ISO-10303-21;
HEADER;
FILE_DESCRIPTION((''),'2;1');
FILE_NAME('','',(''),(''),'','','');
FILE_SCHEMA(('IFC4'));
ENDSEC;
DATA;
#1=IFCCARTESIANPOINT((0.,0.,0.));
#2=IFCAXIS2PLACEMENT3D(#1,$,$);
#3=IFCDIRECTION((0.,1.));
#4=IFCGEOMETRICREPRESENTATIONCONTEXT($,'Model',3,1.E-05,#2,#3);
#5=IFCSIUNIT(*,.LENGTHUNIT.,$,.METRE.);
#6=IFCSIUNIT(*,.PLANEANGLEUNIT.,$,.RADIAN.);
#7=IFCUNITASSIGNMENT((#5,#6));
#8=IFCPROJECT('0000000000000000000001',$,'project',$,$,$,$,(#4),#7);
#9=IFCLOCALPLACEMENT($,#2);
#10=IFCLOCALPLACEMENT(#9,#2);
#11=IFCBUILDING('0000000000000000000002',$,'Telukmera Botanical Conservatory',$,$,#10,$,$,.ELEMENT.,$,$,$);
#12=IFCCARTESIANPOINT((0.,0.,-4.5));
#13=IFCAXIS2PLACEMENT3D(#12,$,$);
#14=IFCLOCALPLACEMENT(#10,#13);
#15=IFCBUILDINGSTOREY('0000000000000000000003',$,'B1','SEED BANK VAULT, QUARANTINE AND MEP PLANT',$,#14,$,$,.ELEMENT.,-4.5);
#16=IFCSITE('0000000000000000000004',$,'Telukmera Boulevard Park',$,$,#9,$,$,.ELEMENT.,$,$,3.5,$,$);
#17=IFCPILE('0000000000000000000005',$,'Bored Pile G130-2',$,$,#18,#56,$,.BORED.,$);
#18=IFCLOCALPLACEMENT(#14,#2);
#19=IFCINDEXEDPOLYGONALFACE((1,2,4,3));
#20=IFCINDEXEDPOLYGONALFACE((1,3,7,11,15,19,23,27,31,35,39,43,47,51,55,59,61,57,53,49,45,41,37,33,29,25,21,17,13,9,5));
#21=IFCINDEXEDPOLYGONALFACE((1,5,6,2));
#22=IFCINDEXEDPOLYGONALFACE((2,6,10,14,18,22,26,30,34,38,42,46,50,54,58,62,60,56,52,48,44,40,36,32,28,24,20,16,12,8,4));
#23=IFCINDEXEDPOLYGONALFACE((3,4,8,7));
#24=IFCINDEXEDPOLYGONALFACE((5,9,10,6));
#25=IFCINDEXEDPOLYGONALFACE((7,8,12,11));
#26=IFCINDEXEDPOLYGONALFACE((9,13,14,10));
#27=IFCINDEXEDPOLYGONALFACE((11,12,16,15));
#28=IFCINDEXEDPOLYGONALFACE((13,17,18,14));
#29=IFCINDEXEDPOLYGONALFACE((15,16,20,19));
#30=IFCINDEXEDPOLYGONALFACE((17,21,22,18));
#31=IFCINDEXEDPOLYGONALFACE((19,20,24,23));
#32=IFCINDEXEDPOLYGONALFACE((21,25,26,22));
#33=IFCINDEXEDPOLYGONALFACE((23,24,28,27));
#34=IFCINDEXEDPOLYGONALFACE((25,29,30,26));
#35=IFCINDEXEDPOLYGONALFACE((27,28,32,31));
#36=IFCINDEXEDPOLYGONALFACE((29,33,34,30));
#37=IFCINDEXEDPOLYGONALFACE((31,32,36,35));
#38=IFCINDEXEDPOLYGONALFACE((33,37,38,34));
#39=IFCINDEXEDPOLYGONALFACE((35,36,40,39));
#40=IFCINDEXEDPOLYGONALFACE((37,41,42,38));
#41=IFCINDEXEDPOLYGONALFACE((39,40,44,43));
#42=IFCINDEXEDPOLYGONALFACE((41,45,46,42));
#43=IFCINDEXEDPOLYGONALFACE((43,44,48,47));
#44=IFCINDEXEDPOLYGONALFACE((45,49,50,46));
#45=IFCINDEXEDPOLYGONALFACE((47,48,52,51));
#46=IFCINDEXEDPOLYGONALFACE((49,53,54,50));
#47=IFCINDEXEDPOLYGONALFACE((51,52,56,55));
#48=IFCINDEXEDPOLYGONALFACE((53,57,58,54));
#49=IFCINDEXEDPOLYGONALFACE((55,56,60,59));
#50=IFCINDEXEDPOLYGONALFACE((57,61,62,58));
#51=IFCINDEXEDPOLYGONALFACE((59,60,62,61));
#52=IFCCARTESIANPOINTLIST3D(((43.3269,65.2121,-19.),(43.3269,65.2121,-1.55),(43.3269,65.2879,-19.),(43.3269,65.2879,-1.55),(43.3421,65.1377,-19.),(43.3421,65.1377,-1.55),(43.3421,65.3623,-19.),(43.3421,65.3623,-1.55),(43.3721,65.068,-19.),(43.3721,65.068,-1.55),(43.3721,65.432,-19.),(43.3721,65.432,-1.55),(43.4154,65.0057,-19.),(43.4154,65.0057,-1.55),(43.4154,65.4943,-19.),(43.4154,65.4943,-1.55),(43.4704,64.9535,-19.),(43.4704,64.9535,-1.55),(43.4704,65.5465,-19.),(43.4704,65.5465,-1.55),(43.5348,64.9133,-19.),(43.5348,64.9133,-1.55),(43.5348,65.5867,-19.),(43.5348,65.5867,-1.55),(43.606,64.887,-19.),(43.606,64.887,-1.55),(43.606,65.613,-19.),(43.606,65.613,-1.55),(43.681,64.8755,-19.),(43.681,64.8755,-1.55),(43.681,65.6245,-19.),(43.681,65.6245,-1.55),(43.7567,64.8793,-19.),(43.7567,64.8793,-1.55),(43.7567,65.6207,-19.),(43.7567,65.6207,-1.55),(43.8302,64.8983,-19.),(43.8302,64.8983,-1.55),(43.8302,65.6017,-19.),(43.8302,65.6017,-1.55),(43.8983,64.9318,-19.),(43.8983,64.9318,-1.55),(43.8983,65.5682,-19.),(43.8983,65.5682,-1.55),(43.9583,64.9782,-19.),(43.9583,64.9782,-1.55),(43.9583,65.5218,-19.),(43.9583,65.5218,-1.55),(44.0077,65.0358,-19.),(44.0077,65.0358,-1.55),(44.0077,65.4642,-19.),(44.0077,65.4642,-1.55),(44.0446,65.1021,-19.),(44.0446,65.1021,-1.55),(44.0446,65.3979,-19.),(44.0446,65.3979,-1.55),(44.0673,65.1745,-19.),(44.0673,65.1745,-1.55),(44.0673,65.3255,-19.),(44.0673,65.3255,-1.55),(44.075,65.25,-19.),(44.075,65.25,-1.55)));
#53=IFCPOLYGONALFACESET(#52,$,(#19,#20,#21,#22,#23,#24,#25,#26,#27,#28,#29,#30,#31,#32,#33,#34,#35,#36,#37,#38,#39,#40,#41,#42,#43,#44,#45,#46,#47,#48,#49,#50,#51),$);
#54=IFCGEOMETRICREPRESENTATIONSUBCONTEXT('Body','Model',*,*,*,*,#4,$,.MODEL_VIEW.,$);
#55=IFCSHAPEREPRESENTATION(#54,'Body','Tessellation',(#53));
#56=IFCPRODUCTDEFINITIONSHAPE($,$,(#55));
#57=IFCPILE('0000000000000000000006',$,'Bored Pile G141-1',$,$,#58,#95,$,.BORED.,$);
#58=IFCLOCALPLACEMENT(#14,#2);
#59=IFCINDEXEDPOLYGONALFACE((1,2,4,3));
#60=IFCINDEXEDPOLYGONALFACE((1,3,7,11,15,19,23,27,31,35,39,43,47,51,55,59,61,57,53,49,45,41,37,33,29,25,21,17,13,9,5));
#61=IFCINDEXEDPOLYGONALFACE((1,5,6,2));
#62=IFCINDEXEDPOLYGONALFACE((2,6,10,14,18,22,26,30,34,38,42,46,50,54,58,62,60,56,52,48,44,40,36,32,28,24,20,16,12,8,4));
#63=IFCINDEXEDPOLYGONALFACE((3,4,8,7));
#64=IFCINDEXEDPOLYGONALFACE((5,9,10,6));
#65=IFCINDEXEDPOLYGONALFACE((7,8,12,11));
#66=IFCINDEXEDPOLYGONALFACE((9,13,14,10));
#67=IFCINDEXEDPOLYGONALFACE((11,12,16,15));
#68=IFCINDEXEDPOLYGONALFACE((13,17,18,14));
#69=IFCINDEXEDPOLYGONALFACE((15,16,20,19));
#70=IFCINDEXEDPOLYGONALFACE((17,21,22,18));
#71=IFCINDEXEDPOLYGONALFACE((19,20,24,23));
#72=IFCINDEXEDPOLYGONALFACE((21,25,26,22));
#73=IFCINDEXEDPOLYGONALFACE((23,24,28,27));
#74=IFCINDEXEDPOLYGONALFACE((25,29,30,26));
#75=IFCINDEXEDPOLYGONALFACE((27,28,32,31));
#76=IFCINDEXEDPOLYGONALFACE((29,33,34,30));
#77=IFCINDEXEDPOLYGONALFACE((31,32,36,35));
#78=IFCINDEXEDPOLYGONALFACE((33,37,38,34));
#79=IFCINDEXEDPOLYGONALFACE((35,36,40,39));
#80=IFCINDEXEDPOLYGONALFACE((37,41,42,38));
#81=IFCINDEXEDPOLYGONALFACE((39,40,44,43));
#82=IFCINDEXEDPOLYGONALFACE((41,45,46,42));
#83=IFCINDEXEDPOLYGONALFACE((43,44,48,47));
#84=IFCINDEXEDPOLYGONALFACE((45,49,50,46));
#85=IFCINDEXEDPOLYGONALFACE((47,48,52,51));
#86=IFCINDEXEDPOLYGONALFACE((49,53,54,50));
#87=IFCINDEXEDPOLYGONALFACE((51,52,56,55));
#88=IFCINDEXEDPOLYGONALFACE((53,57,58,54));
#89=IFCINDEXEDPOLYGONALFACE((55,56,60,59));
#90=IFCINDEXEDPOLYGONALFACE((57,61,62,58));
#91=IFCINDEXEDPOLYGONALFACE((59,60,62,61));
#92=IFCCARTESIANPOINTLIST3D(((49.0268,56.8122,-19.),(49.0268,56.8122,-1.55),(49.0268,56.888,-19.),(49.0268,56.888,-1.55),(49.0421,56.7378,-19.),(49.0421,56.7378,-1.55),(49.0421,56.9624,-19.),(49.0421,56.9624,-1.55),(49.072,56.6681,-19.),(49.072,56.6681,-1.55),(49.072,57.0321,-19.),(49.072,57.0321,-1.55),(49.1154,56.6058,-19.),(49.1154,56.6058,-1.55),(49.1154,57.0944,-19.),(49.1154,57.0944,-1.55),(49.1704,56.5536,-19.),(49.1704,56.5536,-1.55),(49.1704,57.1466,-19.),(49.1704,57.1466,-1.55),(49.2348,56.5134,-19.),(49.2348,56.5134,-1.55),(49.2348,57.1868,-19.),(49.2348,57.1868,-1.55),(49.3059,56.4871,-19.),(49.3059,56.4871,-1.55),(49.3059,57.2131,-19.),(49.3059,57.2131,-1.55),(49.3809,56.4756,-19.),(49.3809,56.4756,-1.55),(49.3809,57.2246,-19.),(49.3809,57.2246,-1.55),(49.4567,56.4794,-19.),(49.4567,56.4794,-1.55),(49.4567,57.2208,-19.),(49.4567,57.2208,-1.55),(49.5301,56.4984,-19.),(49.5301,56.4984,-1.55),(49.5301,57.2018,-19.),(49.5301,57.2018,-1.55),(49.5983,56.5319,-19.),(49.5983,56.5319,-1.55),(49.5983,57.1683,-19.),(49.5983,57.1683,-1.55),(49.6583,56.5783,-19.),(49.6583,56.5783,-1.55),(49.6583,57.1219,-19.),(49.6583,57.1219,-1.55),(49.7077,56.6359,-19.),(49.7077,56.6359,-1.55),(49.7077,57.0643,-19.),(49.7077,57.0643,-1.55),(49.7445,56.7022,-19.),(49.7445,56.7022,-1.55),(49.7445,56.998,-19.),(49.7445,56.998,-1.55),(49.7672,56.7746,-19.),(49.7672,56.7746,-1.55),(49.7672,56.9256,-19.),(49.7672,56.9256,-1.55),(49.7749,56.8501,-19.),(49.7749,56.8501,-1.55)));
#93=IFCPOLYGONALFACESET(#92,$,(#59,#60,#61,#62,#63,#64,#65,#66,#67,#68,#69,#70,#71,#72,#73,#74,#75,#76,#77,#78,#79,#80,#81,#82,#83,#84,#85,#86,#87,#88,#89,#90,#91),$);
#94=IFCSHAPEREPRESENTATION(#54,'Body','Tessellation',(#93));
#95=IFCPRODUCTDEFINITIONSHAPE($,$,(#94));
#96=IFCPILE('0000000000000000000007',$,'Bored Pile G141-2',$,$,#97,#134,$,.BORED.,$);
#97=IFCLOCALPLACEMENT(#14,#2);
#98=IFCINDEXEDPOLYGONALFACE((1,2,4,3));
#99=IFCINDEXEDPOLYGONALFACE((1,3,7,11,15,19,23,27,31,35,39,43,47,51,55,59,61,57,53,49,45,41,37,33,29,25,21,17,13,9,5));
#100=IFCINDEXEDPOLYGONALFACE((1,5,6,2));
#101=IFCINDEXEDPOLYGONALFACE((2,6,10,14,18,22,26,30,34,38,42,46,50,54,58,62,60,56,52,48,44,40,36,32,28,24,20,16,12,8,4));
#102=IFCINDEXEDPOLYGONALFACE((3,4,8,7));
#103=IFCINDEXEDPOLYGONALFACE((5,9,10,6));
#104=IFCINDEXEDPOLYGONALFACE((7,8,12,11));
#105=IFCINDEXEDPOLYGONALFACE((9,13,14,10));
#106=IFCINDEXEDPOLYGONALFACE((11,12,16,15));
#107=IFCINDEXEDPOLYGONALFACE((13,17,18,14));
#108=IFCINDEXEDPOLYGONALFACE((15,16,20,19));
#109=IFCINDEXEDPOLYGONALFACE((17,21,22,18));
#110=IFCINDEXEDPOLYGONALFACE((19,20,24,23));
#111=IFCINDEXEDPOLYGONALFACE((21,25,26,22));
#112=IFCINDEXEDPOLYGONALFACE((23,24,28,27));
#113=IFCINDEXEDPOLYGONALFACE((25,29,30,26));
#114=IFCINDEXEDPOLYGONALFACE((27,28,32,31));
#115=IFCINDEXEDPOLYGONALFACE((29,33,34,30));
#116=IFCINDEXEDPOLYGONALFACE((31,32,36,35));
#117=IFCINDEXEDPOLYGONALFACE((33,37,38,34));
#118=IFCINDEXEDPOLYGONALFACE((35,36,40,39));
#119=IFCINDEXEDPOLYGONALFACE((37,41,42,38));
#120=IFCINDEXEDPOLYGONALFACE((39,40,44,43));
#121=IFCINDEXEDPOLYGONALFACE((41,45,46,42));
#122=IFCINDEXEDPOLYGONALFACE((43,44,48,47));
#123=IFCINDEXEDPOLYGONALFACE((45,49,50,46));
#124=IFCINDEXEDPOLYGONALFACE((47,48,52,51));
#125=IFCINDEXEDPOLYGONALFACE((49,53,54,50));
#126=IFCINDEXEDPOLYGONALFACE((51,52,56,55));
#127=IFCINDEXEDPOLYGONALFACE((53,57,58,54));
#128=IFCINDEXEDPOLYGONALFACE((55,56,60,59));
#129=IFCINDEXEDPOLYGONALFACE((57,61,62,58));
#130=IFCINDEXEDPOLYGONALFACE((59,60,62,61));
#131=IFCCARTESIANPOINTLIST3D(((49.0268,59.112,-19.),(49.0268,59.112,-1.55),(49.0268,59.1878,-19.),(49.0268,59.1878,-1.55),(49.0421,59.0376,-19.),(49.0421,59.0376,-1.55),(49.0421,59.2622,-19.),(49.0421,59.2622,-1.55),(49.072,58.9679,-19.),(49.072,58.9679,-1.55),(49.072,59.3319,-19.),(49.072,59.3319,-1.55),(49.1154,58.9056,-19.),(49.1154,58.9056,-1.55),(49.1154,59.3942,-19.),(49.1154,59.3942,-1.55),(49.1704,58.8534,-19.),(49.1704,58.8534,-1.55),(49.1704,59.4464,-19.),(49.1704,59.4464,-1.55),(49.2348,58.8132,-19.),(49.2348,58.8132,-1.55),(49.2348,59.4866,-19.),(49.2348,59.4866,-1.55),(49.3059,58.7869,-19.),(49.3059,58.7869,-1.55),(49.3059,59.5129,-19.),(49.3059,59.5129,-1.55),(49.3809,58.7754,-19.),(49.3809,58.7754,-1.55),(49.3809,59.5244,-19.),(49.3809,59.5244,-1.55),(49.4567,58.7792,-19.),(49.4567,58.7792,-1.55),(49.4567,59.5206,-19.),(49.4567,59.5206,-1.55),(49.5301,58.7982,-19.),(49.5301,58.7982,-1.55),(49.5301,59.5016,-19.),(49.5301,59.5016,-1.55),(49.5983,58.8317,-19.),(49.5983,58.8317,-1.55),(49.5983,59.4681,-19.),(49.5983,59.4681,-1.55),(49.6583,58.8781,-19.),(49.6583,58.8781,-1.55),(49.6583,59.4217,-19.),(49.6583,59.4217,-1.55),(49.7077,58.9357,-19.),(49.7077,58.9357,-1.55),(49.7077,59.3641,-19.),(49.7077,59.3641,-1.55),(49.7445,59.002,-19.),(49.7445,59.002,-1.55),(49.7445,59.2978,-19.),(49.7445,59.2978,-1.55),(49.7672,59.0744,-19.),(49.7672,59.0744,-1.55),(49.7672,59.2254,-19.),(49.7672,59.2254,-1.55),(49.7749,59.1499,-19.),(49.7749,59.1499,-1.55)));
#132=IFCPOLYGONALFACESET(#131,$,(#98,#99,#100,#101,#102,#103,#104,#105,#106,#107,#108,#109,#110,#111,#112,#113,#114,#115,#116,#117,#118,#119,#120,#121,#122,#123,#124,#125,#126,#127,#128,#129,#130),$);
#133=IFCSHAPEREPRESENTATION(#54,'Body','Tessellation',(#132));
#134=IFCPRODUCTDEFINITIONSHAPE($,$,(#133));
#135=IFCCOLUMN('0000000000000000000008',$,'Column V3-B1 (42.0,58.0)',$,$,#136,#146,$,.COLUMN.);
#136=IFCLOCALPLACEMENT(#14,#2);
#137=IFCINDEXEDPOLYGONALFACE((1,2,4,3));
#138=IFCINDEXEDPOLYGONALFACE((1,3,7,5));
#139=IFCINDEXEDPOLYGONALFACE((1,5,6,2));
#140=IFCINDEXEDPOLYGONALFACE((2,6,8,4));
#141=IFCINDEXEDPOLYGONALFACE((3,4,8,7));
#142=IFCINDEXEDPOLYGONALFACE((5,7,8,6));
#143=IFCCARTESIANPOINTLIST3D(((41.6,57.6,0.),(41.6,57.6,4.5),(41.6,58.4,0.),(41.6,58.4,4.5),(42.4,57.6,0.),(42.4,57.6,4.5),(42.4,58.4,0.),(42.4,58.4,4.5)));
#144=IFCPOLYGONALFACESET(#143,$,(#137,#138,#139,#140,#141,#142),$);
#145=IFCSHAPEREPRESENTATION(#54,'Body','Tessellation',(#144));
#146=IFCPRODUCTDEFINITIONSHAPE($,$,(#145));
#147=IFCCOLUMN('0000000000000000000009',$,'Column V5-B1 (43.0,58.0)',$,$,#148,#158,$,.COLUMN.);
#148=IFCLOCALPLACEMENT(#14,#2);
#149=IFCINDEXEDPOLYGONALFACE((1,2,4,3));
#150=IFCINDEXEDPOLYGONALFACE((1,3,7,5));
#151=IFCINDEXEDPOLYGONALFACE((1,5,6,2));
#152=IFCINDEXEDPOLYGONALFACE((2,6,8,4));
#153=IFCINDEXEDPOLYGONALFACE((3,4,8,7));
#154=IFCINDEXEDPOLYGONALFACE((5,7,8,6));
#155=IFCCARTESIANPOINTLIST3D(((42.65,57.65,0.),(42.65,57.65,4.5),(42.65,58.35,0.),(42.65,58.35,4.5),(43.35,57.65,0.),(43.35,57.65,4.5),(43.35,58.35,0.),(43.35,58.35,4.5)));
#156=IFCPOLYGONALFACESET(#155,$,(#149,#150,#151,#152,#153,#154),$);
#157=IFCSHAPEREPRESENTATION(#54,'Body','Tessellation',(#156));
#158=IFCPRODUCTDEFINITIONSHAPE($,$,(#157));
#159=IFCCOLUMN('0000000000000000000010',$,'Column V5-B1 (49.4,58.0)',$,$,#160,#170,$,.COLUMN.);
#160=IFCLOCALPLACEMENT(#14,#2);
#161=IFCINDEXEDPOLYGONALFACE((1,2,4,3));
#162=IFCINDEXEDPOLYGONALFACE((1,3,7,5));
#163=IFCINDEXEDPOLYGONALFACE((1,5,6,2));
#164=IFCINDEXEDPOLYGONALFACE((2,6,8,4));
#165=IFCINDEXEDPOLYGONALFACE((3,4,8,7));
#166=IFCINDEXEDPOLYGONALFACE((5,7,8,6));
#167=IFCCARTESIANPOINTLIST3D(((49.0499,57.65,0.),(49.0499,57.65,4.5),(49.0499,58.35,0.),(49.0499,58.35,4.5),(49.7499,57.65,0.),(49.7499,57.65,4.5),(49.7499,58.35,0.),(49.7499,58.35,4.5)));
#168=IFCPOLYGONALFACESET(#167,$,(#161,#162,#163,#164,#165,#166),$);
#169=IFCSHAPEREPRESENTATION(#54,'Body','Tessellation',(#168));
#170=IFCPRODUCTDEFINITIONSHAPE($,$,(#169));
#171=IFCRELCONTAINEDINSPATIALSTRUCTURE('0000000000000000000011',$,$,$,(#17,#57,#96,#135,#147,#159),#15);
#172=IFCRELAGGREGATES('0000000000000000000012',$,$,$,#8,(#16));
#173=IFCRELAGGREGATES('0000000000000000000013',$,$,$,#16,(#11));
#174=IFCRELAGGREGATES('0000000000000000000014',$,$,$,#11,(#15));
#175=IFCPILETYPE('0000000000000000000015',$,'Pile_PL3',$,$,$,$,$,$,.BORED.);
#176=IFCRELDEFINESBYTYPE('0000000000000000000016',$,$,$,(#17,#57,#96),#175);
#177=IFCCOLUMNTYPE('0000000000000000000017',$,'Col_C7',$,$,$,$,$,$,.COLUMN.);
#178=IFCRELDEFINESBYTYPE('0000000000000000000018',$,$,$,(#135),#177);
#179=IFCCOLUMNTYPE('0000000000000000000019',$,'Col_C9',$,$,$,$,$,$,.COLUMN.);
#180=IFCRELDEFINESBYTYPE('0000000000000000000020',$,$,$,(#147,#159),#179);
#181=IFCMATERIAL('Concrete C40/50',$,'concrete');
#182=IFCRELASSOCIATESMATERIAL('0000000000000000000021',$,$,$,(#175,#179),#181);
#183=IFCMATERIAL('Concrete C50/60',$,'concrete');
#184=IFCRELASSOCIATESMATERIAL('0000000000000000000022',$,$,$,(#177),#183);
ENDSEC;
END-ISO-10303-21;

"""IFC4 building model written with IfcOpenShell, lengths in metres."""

from ifc_helpers import new_model, si_unit, direction, frame, origin, origin_2d, place, context, subcontext, project, spatial, rectangle, circle, extrude, material, material_profile, profile_set, type_object, element, save


model = new_model("IFC4")

# Units and contexts
model_context = context("Model", 3, precision=1e-05, world=origin(), true_north=direction((0.0, 1.0)))
body_context = subcontext(model_context, "Body", "Model", "MODEL_VIEW")
ifc_project = project(units=[si_unit("LENGTHUNIT", "METRE"), si_unit("PLANEANGLEUNIT", "RADIAN")], contexts=[model_context])

# Site, building, storey
site_placement = place(None, origin())
site = spatial("IfcSite", under=ifc_project, at=site_placement, Name="Telukmera Boulevard Park", CompositionType="ELEMENT", RefElevation=3.5)
building_placement = place(site_placement, origin())
building = spatial("IfcBuilding", under=site, at=building_placement, Name="Telukmera Botanical Conservatory", CompositionType="ELEMENT")
storey_placement = place(building_placement, frame((0.0, 0.0, -4.5)))
storey = spatial("IfcBuildingStorey", under=building, at=storey_placement, Name="B1", Description="SEED BANK VAULT, QUARANTINE AND MEP PLANT", CompositionType="ELEMENT", Elevation=-4.5)

# Shared definitions
ifc_material_1 = material(Name="Concrete C50/60", Category="concrete")
ifc_material_2 = material(Name="Concrete C40/50", Category="concrete")

# Piles
ifc_material_profile_1 = material_profile(ifc_material_2, circle(Radius=0.375, at=origin_2d()), Name="PILE D750")
ifc_profile_set_1 = profile_set([ifc_material_profile_1], Name="Concrete C40/50")
pile_type = type_object("IfcPileType", Name="Pile_PL3", PredefinedType="BORED", material=ifc_profile_set_1)
for number, where, z_axis, x_axis, name in (
    (1, (43.7, 65.25, -1.55), (0.0, 0.0, -1.0), (1.0, 0.0, 0.0), "Bored Pile G130-2"),
    (2, (49.3999, 56.8501, -1.55), (0.0, 0.0, -1.0), (1.0, 0.0, 0.0), "Bored Pile G141-1"),
    (3, (49.3999, 59.1499, -1.55), (0.0, 0.0, -1.0), (1.0, 0.0, 0.0), "Bored Pile G141-2"),
):
    element("IfcPile", number, at=place(storey_placement, frame(where, z_axis=z_axis, x_axis=x_axis)), inside=storey, type_object=pile_type, Name=name, PredefinedType="BORED", context=body_context, shape_type="SweptSolid", body=[
        extrude(circle(Radius=0.375, at=origin_2d()), origin(), (0.0, 0.0, 1.0), 17.45),
    ])

# Columns
ifc_material_profile_2 = material_profile(ifc_material_1, rectangle(XDim=0.8, YDim=0.8, at=origin_2d()), Name="RC 800x800")
ifc_profile_set_2 = profile_set([ifc_material_profile_2], Name="Concrete C50/60")
column_type_1 = type_object("IfcColumnType", Name="Col_C7", PredefinedType="COLUMN", material=ifc_profile_set_2)
column_placement = place(storey_placement, frame((42.0, 58.0, 0.0), z_axis=(0.0, 0.0, 1.0), x_axis=(1.0, 0.0, 0.0)))
element("IfcColumn", 4, at=column_placement, inside=storey, type_object=column_type_1, Name="Column V3-B1 (42.0,58.0)", PredefinedType="COLUMN", context=body_context, shape_type="SweptSolid", body=[
    extrude(rectangle(XDim=0.8, YDim=0.8, at=origin_2d()), origin(), (0.0, 0.0, 1.0), 4.5),
])
ifc_material_profile_3 = material_profile(ifc_material_2, rectangle(XDim=0.7, YDim=0.7, at=origin_2d()), Name="RC 700x700")
ifc_profile_set_3 = profile_set([ifc_material_profile_3], Name="Concrete C40/50")
column_type_2 = type_object("IfcColumnType", Name="Col_C9", PredefinedType="COLUMN", material=ifc_profile_set_3)
for number, where, z_axis, x_axis, name in (
    (5, (43.0, 58.0, 0.0), (0.0, 0.0, 1.0), (1.0, 0.0, 0.0), "Column V5-B1 (43.0,58.0)"),
    (6, (49.3999, 58.0, 0.0), (0.0, 0.0, 1.0), (1.0, 0.0, 0.0), "Column V5-B1 (49.4,58.0)"),
):
    element("IfcColumn", number, at=place(storey_placement, frame(where, z_axis=z_axis, x_axis=x_axis)), inside=storey, type_object=column_type_2, Name=name, PredefinedType="COLUMN", context=body_context, shape_type="SweptSolid", body=[
        extrude(rectangle(XDim=0.7, YDim=0.7, at=origin_2d()), origin(), (0.0, 0.0, 1.0), 4.5),
    ])

save(model, "model.ifc")
